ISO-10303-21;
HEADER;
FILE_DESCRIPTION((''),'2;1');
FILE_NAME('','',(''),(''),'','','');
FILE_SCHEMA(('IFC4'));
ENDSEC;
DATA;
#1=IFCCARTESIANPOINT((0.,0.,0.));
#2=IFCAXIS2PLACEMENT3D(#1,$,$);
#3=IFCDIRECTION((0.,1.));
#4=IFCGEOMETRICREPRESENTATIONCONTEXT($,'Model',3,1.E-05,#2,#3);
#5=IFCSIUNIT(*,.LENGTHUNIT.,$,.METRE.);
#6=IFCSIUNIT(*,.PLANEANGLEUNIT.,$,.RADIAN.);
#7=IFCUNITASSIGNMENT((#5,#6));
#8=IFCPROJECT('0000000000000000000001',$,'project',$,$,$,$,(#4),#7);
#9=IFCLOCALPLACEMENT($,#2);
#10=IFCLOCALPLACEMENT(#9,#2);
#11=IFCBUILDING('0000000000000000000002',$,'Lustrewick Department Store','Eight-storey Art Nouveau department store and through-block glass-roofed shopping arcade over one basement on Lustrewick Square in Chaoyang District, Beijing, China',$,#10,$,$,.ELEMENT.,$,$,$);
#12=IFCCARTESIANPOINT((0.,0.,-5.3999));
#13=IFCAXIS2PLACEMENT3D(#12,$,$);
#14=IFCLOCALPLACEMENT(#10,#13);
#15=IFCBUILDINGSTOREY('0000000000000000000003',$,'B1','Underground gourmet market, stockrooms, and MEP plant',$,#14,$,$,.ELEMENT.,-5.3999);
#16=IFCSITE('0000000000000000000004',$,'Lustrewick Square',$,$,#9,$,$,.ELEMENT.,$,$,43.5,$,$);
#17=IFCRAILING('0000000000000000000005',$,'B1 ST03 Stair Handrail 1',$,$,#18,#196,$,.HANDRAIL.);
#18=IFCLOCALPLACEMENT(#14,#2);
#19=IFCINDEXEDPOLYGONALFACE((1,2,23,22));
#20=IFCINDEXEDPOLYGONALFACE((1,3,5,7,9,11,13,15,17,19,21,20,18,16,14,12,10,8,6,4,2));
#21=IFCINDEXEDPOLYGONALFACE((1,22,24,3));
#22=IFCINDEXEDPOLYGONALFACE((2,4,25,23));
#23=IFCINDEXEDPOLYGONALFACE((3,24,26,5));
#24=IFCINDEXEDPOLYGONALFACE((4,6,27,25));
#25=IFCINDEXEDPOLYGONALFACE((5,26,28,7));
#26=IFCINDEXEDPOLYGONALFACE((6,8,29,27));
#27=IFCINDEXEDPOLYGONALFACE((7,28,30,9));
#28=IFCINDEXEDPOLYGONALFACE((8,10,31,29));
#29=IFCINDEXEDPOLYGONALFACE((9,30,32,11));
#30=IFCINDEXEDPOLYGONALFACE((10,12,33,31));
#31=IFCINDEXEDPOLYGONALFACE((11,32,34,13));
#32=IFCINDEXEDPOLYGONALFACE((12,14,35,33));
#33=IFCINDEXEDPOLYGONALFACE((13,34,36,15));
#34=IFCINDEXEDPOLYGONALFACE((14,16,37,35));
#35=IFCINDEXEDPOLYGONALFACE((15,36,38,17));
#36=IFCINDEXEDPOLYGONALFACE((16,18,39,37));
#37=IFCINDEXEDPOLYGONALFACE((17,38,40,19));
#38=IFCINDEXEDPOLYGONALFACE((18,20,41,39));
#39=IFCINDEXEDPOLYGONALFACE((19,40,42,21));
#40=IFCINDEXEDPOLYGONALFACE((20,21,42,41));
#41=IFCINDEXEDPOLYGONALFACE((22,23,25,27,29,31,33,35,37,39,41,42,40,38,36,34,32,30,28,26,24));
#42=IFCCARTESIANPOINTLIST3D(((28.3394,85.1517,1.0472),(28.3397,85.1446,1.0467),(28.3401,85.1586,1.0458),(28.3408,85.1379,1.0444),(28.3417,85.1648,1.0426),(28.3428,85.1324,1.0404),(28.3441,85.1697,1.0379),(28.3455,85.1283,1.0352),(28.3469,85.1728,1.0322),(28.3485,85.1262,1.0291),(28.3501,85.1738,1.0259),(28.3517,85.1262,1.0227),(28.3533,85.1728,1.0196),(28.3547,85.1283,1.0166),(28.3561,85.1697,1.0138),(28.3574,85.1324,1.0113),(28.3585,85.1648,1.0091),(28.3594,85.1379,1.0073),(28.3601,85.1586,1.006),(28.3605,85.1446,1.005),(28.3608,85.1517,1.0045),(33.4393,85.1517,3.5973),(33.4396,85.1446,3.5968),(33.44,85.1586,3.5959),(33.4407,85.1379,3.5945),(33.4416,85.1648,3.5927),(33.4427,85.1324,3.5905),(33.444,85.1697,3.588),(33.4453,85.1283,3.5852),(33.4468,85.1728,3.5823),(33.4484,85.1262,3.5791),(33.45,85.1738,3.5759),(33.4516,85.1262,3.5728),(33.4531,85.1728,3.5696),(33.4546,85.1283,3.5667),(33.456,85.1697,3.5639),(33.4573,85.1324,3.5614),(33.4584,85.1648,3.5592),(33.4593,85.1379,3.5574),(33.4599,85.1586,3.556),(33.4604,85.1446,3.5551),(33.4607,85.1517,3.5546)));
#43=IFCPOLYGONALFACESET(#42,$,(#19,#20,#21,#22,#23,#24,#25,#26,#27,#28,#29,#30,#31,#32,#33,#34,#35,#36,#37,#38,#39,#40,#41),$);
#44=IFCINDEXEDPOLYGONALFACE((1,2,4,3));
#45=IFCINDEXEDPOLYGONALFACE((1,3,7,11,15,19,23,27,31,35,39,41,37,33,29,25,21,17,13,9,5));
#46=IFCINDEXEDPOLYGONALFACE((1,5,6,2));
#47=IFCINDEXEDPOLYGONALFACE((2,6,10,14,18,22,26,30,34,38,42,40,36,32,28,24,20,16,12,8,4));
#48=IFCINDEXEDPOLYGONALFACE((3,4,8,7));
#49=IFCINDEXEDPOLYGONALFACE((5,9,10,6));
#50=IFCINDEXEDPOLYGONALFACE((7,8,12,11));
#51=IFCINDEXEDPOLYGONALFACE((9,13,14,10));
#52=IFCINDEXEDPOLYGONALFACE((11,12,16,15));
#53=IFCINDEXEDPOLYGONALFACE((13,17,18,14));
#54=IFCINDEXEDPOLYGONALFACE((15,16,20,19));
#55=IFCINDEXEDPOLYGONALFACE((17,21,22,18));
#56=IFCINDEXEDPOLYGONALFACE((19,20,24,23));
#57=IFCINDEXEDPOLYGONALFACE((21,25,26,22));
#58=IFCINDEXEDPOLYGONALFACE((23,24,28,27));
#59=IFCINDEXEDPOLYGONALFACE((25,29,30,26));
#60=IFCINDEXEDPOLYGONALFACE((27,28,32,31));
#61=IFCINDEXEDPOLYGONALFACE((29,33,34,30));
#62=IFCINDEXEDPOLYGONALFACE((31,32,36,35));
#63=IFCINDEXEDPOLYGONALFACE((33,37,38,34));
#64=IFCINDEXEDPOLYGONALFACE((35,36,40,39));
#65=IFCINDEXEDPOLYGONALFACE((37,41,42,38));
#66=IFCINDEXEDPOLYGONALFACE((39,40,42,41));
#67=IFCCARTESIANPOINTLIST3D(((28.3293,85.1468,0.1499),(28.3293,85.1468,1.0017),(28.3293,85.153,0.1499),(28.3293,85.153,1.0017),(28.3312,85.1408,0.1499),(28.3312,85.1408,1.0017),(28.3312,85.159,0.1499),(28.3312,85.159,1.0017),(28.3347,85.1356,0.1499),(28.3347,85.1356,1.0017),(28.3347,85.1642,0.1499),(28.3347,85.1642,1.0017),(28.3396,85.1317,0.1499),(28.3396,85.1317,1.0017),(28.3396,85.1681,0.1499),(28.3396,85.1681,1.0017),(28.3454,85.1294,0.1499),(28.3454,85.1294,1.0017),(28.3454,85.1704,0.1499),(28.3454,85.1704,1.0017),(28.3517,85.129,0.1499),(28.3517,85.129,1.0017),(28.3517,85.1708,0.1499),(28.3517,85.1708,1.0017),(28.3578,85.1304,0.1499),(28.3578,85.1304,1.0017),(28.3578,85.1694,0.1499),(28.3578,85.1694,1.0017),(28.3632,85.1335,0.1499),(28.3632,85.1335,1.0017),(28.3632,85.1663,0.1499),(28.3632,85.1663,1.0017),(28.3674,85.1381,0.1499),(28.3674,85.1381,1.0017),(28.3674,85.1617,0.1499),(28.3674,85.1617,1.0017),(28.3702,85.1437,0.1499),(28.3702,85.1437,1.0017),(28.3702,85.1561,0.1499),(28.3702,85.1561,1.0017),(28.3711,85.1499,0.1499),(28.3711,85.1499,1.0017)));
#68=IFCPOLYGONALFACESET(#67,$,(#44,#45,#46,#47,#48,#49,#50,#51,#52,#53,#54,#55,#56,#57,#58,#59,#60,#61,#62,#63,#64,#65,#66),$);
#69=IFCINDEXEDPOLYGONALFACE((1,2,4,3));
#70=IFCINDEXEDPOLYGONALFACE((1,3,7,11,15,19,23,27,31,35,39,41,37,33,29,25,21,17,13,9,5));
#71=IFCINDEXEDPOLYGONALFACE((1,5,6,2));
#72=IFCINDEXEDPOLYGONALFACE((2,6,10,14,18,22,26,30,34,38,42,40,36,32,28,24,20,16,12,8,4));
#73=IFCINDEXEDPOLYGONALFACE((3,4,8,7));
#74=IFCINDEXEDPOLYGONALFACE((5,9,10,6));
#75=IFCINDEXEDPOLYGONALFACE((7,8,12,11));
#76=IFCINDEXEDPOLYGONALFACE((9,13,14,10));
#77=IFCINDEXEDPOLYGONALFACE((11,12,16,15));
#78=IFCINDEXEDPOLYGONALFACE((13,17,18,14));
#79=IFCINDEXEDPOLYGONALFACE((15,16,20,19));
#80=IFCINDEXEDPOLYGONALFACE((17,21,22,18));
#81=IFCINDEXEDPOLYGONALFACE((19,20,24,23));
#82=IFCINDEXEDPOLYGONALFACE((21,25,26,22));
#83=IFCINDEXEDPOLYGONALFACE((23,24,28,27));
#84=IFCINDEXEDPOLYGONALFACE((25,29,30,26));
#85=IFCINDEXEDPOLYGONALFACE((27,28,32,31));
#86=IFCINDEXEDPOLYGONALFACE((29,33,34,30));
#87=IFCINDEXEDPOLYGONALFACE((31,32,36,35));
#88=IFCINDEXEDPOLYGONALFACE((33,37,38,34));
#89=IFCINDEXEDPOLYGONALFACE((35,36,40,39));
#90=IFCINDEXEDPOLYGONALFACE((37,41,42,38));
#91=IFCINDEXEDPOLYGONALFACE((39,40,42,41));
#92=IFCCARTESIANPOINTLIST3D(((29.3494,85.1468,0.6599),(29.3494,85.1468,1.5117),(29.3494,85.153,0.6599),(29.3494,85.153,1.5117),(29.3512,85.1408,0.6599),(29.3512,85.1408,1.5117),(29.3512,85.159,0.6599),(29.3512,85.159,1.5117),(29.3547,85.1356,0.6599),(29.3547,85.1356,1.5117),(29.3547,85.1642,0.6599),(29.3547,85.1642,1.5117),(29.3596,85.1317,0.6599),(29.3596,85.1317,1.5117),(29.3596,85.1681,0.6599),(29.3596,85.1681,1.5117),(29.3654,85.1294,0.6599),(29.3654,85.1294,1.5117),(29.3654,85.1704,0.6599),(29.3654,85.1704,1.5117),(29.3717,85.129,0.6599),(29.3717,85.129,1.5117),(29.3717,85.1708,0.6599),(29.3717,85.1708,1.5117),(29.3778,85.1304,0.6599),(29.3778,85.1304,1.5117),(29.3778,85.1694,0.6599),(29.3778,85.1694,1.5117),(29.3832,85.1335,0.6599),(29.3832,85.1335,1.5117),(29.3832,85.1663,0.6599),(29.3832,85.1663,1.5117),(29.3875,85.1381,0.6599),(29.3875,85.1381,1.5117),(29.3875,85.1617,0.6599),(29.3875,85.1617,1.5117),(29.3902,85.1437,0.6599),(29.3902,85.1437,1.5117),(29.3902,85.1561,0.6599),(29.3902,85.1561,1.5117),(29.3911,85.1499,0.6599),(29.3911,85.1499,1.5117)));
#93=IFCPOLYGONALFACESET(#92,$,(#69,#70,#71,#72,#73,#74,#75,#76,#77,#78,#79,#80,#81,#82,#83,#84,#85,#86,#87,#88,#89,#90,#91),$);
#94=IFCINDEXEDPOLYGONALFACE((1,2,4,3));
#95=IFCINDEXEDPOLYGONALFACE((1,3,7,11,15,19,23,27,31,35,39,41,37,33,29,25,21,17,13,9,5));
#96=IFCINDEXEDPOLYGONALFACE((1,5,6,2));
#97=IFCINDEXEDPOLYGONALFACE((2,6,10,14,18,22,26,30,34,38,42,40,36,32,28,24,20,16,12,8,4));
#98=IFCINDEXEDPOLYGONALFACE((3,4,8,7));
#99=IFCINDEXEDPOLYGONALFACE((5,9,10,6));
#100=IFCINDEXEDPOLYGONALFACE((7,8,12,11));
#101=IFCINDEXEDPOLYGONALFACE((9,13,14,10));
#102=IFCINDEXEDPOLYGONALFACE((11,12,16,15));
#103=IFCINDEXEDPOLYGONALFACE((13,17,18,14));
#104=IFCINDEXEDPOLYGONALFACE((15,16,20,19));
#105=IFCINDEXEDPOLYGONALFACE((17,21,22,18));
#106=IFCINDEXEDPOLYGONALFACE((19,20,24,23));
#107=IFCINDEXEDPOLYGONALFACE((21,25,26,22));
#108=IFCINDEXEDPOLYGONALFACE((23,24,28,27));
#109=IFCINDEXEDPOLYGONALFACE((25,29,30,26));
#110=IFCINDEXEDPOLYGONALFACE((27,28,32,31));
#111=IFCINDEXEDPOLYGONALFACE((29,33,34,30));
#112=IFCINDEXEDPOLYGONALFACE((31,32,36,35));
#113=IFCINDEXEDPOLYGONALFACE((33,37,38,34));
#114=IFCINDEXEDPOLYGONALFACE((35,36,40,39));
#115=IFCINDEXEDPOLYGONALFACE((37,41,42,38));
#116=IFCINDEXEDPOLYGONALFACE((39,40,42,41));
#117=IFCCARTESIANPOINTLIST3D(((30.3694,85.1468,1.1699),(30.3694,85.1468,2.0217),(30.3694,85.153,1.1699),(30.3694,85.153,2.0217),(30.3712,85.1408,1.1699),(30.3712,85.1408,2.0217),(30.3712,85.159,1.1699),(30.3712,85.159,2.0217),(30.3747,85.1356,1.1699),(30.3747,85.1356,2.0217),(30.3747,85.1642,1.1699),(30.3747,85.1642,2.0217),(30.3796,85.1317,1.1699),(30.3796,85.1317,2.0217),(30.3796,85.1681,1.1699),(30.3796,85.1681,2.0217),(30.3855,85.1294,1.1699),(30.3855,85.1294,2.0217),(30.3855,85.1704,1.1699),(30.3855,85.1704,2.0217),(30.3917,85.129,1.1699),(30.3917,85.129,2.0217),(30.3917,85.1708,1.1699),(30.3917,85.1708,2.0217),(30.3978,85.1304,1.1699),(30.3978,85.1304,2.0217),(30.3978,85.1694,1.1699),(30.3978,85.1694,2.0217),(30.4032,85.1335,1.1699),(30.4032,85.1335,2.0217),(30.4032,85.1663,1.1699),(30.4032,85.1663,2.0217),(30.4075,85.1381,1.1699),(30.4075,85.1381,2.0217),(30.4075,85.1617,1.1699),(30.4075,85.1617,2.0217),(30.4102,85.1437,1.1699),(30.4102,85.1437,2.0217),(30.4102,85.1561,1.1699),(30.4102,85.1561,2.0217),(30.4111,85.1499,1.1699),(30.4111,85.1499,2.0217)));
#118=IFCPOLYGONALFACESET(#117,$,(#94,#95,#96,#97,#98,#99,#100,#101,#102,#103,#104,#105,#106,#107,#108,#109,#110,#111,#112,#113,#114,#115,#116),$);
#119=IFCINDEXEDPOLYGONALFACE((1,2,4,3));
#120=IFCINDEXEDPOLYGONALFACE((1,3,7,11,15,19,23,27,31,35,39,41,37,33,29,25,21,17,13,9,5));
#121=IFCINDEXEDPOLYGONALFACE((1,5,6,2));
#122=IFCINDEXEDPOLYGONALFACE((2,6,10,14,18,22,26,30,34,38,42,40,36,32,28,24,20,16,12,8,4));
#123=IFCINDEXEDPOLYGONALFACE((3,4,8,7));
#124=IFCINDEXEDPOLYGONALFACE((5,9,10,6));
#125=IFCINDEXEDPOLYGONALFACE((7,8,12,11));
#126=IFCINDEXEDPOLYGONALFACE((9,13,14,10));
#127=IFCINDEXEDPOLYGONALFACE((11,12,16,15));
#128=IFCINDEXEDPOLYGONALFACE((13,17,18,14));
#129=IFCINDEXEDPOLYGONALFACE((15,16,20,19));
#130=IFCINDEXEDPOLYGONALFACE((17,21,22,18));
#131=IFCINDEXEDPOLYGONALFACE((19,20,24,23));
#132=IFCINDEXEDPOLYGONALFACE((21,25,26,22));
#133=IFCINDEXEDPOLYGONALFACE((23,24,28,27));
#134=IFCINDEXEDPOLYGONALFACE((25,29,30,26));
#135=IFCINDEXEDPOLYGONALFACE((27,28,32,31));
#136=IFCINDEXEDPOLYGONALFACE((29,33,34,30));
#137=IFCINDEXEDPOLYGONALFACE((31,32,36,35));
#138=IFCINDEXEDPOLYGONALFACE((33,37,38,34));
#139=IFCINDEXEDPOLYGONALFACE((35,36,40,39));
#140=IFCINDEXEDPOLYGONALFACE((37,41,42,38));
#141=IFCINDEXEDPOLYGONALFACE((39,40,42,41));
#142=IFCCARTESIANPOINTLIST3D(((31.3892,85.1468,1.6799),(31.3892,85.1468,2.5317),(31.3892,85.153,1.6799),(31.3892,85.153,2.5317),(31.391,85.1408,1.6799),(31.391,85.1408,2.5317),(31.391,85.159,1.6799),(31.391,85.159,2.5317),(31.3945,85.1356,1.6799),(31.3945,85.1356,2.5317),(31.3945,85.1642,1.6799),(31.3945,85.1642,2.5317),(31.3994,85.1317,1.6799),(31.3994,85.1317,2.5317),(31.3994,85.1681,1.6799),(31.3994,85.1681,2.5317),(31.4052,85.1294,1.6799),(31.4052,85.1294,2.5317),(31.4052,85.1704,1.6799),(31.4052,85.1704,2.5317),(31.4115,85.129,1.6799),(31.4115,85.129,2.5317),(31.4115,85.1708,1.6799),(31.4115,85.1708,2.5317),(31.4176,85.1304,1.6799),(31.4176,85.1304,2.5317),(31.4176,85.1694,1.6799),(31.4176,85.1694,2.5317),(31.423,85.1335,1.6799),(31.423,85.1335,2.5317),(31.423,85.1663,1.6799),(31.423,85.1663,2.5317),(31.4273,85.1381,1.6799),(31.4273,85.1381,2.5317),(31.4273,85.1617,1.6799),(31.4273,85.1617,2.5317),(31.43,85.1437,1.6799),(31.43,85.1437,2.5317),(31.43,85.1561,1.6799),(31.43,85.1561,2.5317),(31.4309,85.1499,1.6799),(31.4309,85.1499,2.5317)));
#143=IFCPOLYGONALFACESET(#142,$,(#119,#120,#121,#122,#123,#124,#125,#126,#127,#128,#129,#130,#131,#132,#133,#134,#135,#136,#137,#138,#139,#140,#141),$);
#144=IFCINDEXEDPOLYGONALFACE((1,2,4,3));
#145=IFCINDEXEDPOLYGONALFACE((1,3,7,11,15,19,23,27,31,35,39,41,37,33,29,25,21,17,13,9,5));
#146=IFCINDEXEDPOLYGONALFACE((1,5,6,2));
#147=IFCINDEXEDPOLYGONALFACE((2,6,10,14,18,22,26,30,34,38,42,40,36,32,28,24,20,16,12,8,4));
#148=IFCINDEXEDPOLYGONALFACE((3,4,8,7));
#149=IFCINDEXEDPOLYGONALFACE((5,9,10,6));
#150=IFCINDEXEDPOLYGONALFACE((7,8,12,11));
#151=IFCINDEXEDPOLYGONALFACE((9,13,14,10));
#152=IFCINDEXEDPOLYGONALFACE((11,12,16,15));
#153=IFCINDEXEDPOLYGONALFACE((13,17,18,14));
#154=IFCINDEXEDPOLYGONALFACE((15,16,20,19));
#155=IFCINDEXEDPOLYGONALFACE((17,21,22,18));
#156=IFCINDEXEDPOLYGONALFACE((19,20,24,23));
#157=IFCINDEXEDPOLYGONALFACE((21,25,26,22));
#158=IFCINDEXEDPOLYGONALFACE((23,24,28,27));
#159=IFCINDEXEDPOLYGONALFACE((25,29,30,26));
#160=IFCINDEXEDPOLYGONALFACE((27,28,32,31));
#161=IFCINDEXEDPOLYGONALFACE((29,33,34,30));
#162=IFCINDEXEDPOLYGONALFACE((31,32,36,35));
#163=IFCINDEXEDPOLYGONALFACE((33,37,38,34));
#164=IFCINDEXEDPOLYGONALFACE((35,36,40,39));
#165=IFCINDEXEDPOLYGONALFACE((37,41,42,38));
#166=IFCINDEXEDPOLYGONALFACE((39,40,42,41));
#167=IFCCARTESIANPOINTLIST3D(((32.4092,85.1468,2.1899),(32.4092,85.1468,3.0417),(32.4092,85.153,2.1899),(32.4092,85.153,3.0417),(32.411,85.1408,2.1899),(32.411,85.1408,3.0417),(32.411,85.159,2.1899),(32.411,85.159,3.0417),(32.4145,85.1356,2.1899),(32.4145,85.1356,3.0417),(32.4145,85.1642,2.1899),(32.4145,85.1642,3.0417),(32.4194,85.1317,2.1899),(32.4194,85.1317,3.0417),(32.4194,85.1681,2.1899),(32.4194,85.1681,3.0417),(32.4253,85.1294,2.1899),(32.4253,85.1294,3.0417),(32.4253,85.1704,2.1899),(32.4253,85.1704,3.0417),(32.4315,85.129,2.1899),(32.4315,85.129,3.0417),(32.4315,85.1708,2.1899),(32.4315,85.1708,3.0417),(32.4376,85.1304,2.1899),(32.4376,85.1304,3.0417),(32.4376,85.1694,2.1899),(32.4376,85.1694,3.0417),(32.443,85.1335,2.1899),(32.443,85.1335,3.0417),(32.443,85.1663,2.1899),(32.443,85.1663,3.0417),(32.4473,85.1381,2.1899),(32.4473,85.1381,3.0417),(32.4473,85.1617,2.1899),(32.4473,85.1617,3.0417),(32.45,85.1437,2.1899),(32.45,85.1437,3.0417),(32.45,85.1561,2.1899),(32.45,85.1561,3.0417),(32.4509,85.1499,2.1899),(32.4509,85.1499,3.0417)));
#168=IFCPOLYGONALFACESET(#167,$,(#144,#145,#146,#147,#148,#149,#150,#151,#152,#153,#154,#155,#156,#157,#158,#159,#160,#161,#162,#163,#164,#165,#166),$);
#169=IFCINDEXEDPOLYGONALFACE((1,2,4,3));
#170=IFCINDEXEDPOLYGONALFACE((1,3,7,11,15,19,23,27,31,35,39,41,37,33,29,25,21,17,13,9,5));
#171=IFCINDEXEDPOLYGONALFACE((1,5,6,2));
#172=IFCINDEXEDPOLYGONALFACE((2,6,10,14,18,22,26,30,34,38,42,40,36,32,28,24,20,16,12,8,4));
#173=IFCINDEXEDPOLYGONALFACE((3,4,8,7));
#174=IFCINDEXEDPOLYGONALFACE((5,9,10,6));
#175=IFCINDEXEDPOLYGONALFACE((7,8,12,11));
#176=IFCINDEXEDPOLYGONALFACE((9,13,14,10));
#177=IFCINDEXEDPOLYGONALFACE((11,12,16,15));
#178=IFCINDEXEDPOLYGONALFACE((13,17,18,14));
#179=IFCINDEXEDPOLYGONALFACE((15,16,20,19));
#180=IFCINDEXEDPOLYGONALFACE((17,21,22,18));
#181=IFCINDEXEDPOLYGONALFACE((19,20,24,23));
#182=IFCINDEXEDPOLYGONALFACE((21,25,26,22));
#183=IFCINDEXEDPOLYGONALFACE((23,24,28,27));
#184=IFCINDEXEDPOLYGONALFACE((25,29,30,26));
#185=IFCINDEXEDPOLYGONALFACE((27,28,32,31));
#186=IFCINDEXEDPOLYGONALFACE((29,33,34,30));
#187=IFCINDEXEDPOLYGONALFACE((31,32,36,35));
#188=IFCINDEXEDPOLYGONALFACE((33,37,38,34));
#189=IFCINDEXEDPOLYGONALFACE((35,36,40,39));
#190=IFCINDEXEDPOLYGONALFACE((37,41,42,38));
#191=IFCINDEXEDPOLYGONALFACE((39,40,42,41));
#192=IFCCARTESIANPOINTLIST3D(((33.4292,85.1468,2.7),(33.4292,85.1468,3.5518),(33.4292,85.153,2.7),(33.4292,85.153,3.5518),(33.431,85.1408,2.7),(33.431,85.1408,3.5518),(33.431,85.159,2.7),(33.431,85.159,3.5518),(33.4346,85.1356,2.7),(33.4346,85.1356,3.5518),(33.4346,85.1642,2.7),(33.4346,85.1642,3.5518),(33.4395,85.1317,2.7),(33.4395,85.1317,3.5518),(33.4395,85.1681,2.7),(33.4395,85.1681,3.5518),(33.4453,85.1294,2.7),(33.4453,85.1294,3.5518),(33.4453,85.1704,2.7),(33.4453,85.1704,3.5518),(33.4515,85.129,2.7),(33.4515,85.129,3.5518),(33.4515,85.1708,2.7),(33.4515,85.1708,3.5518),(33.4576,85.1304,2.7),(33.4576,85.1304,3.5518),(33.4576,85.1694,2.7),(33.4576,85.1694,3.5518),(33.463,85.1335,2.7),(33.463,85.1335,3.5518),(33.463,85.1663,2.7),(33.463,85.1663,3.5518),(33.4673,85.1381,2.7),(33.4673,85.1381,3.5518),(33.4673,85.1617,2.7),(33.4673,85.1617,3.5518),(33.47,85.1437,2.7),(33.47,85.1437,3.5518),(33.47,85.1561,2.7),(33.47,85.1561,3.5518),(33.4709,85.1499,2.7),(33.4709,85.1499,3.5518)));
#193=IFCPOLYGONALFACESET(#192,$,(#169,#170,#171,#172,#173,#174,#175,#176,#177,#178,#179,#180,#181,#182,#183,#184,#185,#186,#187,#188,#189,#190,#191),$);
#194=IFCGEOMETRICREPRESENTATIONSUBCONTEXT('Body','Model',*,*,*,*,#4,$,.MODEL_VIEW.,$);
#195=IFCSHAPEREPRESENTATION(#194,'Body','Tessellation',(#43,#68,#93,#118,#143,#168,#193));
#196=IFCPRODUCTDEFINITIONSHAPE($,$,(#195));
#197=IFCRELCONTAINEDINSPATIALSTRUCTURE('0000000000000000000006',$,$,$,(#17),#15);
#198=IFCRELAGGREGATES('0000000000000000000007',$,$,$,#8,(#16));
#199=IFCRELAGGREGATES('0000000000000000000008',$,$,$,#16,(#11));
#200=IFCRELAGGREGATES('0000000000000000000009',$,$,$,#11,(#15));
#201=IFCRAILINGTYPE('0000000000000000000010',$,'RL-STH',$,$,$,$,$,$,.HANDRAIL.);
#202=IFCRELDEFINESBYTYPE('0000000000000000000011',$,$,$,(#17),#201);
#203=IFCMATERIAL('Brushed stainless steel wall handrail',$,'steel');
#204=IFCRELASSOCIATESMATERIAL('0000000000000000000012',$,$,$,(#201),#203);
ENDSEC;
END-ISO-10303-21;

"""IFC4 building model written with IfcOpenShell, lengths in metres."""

from ifc_helpers import new_model, si_unit, direction, frame, origin, origin_2d, place, context, subcontext, project, spatial, circle, extrude, material, type_object, element, save


model = new_model("IFC4")

# Units and contexts
model_context = context("Model", 3, precision=1e-05, world=origin(), true_north=direction((0.0, 1.0)))
body_context = subcontext(model_context, "Body", "Model", "MODEL_VIEW")
ifc_project = project(units=[si_unit("LENGTHUNIT", "METRE"), si_unit("PLANEANGLEUNIT", "RADIAN")], contexts=[model_context])

# Site, building, storey
site_placement = place(None, origin())
site = spatial("IfcSite", under=ifc_project, at=site_placement, Name="Lustrewick Square", CompositionType="ELEMENT", RefElevation=43.5)
building_placement = place(site_placement, origin())
building = spatial("IfcBuilding", under=site, at=building_placement, Name="Lustrewick Department Store", Description="Eight-storey Art Nouveau department store and through-block glass-roofed shopping arcade over one basement on Lustrewick Square in Chaoyang District, Beijing, China", CompositionType="ELEMENT")
storey_placement = place(building_placement, frame((0.0, 0.0, -5.3999)))
storey = spatial("IfcBuildingStorey", under=building, at=storey_placement, Name="B1", Description="Underground gourmet market, stockrooms, and MEP plant", CompositionType="ELEMENT", Elevation=-5.3999)

# Railing
ifc_material_1 = material(Name="Brushed stainless steel wall handrail", Category="steel")
railing_type_1 = type_object("IfcRailingType", Name="RL-STH", PredefinedType="HANDRAIL", material=ifc_material_1)
railing_1_placement = place(storey_placement, frame((28.3501, 85.1499, 0.1499)))
element("IfcRailing", 1, at=railing_1_placement, inside=storey, type_object=railing_type_1, Name="B1 ST03 Stair Handrail 1", PredefinedType="HANDRAIL", context=body_context, shape_type="SweptSolid", body=[
    extrude(circle(Radius=0.0239, at=origin_2d()), frame((0.0, 0.0, 0.876), z_axis=(0.894419, 0.0, 0.447231), x_axis=(0.0, 1.0, 0.0)), (0.0, 0.0, 1.0), 5.7019),
    extrude(circle(Radius=0.021, at=origin_2d()), origin(), (0.0, 0.0, 1.0), 0.8518),
    extrude(circle(Radius=0.021, at=origin_2d()), frame((1.02, 0.0, 0.51)), (0.0, 0.0, 1.0), 0.8518),
    extrude(circle(Radius=0.021, at=origin_2d()), frame((2.04, 0.0, 1.02)), (0.0, 0.0, 1.0), 0.8518),
    extrude(circle(Radius=0.021, at=origin_2d()), frame((3.0598, 0.0, 1.53)), (0.0, 0.0, 1.0), 0.8518),
    extrude(circle(Radius=0.021, at=origin_2d()), frame((4.0798, 0.0, 2.04)), (0.0, 0.0, 1.0), 0.8518),
    extrude(circle(Radius=0.021, at=origin_2d()), frame((5.0999, 0.0, 2.55)), (0.0, 0.0, 1.0), 0.8518),
])

save(model, "model.ifc")
